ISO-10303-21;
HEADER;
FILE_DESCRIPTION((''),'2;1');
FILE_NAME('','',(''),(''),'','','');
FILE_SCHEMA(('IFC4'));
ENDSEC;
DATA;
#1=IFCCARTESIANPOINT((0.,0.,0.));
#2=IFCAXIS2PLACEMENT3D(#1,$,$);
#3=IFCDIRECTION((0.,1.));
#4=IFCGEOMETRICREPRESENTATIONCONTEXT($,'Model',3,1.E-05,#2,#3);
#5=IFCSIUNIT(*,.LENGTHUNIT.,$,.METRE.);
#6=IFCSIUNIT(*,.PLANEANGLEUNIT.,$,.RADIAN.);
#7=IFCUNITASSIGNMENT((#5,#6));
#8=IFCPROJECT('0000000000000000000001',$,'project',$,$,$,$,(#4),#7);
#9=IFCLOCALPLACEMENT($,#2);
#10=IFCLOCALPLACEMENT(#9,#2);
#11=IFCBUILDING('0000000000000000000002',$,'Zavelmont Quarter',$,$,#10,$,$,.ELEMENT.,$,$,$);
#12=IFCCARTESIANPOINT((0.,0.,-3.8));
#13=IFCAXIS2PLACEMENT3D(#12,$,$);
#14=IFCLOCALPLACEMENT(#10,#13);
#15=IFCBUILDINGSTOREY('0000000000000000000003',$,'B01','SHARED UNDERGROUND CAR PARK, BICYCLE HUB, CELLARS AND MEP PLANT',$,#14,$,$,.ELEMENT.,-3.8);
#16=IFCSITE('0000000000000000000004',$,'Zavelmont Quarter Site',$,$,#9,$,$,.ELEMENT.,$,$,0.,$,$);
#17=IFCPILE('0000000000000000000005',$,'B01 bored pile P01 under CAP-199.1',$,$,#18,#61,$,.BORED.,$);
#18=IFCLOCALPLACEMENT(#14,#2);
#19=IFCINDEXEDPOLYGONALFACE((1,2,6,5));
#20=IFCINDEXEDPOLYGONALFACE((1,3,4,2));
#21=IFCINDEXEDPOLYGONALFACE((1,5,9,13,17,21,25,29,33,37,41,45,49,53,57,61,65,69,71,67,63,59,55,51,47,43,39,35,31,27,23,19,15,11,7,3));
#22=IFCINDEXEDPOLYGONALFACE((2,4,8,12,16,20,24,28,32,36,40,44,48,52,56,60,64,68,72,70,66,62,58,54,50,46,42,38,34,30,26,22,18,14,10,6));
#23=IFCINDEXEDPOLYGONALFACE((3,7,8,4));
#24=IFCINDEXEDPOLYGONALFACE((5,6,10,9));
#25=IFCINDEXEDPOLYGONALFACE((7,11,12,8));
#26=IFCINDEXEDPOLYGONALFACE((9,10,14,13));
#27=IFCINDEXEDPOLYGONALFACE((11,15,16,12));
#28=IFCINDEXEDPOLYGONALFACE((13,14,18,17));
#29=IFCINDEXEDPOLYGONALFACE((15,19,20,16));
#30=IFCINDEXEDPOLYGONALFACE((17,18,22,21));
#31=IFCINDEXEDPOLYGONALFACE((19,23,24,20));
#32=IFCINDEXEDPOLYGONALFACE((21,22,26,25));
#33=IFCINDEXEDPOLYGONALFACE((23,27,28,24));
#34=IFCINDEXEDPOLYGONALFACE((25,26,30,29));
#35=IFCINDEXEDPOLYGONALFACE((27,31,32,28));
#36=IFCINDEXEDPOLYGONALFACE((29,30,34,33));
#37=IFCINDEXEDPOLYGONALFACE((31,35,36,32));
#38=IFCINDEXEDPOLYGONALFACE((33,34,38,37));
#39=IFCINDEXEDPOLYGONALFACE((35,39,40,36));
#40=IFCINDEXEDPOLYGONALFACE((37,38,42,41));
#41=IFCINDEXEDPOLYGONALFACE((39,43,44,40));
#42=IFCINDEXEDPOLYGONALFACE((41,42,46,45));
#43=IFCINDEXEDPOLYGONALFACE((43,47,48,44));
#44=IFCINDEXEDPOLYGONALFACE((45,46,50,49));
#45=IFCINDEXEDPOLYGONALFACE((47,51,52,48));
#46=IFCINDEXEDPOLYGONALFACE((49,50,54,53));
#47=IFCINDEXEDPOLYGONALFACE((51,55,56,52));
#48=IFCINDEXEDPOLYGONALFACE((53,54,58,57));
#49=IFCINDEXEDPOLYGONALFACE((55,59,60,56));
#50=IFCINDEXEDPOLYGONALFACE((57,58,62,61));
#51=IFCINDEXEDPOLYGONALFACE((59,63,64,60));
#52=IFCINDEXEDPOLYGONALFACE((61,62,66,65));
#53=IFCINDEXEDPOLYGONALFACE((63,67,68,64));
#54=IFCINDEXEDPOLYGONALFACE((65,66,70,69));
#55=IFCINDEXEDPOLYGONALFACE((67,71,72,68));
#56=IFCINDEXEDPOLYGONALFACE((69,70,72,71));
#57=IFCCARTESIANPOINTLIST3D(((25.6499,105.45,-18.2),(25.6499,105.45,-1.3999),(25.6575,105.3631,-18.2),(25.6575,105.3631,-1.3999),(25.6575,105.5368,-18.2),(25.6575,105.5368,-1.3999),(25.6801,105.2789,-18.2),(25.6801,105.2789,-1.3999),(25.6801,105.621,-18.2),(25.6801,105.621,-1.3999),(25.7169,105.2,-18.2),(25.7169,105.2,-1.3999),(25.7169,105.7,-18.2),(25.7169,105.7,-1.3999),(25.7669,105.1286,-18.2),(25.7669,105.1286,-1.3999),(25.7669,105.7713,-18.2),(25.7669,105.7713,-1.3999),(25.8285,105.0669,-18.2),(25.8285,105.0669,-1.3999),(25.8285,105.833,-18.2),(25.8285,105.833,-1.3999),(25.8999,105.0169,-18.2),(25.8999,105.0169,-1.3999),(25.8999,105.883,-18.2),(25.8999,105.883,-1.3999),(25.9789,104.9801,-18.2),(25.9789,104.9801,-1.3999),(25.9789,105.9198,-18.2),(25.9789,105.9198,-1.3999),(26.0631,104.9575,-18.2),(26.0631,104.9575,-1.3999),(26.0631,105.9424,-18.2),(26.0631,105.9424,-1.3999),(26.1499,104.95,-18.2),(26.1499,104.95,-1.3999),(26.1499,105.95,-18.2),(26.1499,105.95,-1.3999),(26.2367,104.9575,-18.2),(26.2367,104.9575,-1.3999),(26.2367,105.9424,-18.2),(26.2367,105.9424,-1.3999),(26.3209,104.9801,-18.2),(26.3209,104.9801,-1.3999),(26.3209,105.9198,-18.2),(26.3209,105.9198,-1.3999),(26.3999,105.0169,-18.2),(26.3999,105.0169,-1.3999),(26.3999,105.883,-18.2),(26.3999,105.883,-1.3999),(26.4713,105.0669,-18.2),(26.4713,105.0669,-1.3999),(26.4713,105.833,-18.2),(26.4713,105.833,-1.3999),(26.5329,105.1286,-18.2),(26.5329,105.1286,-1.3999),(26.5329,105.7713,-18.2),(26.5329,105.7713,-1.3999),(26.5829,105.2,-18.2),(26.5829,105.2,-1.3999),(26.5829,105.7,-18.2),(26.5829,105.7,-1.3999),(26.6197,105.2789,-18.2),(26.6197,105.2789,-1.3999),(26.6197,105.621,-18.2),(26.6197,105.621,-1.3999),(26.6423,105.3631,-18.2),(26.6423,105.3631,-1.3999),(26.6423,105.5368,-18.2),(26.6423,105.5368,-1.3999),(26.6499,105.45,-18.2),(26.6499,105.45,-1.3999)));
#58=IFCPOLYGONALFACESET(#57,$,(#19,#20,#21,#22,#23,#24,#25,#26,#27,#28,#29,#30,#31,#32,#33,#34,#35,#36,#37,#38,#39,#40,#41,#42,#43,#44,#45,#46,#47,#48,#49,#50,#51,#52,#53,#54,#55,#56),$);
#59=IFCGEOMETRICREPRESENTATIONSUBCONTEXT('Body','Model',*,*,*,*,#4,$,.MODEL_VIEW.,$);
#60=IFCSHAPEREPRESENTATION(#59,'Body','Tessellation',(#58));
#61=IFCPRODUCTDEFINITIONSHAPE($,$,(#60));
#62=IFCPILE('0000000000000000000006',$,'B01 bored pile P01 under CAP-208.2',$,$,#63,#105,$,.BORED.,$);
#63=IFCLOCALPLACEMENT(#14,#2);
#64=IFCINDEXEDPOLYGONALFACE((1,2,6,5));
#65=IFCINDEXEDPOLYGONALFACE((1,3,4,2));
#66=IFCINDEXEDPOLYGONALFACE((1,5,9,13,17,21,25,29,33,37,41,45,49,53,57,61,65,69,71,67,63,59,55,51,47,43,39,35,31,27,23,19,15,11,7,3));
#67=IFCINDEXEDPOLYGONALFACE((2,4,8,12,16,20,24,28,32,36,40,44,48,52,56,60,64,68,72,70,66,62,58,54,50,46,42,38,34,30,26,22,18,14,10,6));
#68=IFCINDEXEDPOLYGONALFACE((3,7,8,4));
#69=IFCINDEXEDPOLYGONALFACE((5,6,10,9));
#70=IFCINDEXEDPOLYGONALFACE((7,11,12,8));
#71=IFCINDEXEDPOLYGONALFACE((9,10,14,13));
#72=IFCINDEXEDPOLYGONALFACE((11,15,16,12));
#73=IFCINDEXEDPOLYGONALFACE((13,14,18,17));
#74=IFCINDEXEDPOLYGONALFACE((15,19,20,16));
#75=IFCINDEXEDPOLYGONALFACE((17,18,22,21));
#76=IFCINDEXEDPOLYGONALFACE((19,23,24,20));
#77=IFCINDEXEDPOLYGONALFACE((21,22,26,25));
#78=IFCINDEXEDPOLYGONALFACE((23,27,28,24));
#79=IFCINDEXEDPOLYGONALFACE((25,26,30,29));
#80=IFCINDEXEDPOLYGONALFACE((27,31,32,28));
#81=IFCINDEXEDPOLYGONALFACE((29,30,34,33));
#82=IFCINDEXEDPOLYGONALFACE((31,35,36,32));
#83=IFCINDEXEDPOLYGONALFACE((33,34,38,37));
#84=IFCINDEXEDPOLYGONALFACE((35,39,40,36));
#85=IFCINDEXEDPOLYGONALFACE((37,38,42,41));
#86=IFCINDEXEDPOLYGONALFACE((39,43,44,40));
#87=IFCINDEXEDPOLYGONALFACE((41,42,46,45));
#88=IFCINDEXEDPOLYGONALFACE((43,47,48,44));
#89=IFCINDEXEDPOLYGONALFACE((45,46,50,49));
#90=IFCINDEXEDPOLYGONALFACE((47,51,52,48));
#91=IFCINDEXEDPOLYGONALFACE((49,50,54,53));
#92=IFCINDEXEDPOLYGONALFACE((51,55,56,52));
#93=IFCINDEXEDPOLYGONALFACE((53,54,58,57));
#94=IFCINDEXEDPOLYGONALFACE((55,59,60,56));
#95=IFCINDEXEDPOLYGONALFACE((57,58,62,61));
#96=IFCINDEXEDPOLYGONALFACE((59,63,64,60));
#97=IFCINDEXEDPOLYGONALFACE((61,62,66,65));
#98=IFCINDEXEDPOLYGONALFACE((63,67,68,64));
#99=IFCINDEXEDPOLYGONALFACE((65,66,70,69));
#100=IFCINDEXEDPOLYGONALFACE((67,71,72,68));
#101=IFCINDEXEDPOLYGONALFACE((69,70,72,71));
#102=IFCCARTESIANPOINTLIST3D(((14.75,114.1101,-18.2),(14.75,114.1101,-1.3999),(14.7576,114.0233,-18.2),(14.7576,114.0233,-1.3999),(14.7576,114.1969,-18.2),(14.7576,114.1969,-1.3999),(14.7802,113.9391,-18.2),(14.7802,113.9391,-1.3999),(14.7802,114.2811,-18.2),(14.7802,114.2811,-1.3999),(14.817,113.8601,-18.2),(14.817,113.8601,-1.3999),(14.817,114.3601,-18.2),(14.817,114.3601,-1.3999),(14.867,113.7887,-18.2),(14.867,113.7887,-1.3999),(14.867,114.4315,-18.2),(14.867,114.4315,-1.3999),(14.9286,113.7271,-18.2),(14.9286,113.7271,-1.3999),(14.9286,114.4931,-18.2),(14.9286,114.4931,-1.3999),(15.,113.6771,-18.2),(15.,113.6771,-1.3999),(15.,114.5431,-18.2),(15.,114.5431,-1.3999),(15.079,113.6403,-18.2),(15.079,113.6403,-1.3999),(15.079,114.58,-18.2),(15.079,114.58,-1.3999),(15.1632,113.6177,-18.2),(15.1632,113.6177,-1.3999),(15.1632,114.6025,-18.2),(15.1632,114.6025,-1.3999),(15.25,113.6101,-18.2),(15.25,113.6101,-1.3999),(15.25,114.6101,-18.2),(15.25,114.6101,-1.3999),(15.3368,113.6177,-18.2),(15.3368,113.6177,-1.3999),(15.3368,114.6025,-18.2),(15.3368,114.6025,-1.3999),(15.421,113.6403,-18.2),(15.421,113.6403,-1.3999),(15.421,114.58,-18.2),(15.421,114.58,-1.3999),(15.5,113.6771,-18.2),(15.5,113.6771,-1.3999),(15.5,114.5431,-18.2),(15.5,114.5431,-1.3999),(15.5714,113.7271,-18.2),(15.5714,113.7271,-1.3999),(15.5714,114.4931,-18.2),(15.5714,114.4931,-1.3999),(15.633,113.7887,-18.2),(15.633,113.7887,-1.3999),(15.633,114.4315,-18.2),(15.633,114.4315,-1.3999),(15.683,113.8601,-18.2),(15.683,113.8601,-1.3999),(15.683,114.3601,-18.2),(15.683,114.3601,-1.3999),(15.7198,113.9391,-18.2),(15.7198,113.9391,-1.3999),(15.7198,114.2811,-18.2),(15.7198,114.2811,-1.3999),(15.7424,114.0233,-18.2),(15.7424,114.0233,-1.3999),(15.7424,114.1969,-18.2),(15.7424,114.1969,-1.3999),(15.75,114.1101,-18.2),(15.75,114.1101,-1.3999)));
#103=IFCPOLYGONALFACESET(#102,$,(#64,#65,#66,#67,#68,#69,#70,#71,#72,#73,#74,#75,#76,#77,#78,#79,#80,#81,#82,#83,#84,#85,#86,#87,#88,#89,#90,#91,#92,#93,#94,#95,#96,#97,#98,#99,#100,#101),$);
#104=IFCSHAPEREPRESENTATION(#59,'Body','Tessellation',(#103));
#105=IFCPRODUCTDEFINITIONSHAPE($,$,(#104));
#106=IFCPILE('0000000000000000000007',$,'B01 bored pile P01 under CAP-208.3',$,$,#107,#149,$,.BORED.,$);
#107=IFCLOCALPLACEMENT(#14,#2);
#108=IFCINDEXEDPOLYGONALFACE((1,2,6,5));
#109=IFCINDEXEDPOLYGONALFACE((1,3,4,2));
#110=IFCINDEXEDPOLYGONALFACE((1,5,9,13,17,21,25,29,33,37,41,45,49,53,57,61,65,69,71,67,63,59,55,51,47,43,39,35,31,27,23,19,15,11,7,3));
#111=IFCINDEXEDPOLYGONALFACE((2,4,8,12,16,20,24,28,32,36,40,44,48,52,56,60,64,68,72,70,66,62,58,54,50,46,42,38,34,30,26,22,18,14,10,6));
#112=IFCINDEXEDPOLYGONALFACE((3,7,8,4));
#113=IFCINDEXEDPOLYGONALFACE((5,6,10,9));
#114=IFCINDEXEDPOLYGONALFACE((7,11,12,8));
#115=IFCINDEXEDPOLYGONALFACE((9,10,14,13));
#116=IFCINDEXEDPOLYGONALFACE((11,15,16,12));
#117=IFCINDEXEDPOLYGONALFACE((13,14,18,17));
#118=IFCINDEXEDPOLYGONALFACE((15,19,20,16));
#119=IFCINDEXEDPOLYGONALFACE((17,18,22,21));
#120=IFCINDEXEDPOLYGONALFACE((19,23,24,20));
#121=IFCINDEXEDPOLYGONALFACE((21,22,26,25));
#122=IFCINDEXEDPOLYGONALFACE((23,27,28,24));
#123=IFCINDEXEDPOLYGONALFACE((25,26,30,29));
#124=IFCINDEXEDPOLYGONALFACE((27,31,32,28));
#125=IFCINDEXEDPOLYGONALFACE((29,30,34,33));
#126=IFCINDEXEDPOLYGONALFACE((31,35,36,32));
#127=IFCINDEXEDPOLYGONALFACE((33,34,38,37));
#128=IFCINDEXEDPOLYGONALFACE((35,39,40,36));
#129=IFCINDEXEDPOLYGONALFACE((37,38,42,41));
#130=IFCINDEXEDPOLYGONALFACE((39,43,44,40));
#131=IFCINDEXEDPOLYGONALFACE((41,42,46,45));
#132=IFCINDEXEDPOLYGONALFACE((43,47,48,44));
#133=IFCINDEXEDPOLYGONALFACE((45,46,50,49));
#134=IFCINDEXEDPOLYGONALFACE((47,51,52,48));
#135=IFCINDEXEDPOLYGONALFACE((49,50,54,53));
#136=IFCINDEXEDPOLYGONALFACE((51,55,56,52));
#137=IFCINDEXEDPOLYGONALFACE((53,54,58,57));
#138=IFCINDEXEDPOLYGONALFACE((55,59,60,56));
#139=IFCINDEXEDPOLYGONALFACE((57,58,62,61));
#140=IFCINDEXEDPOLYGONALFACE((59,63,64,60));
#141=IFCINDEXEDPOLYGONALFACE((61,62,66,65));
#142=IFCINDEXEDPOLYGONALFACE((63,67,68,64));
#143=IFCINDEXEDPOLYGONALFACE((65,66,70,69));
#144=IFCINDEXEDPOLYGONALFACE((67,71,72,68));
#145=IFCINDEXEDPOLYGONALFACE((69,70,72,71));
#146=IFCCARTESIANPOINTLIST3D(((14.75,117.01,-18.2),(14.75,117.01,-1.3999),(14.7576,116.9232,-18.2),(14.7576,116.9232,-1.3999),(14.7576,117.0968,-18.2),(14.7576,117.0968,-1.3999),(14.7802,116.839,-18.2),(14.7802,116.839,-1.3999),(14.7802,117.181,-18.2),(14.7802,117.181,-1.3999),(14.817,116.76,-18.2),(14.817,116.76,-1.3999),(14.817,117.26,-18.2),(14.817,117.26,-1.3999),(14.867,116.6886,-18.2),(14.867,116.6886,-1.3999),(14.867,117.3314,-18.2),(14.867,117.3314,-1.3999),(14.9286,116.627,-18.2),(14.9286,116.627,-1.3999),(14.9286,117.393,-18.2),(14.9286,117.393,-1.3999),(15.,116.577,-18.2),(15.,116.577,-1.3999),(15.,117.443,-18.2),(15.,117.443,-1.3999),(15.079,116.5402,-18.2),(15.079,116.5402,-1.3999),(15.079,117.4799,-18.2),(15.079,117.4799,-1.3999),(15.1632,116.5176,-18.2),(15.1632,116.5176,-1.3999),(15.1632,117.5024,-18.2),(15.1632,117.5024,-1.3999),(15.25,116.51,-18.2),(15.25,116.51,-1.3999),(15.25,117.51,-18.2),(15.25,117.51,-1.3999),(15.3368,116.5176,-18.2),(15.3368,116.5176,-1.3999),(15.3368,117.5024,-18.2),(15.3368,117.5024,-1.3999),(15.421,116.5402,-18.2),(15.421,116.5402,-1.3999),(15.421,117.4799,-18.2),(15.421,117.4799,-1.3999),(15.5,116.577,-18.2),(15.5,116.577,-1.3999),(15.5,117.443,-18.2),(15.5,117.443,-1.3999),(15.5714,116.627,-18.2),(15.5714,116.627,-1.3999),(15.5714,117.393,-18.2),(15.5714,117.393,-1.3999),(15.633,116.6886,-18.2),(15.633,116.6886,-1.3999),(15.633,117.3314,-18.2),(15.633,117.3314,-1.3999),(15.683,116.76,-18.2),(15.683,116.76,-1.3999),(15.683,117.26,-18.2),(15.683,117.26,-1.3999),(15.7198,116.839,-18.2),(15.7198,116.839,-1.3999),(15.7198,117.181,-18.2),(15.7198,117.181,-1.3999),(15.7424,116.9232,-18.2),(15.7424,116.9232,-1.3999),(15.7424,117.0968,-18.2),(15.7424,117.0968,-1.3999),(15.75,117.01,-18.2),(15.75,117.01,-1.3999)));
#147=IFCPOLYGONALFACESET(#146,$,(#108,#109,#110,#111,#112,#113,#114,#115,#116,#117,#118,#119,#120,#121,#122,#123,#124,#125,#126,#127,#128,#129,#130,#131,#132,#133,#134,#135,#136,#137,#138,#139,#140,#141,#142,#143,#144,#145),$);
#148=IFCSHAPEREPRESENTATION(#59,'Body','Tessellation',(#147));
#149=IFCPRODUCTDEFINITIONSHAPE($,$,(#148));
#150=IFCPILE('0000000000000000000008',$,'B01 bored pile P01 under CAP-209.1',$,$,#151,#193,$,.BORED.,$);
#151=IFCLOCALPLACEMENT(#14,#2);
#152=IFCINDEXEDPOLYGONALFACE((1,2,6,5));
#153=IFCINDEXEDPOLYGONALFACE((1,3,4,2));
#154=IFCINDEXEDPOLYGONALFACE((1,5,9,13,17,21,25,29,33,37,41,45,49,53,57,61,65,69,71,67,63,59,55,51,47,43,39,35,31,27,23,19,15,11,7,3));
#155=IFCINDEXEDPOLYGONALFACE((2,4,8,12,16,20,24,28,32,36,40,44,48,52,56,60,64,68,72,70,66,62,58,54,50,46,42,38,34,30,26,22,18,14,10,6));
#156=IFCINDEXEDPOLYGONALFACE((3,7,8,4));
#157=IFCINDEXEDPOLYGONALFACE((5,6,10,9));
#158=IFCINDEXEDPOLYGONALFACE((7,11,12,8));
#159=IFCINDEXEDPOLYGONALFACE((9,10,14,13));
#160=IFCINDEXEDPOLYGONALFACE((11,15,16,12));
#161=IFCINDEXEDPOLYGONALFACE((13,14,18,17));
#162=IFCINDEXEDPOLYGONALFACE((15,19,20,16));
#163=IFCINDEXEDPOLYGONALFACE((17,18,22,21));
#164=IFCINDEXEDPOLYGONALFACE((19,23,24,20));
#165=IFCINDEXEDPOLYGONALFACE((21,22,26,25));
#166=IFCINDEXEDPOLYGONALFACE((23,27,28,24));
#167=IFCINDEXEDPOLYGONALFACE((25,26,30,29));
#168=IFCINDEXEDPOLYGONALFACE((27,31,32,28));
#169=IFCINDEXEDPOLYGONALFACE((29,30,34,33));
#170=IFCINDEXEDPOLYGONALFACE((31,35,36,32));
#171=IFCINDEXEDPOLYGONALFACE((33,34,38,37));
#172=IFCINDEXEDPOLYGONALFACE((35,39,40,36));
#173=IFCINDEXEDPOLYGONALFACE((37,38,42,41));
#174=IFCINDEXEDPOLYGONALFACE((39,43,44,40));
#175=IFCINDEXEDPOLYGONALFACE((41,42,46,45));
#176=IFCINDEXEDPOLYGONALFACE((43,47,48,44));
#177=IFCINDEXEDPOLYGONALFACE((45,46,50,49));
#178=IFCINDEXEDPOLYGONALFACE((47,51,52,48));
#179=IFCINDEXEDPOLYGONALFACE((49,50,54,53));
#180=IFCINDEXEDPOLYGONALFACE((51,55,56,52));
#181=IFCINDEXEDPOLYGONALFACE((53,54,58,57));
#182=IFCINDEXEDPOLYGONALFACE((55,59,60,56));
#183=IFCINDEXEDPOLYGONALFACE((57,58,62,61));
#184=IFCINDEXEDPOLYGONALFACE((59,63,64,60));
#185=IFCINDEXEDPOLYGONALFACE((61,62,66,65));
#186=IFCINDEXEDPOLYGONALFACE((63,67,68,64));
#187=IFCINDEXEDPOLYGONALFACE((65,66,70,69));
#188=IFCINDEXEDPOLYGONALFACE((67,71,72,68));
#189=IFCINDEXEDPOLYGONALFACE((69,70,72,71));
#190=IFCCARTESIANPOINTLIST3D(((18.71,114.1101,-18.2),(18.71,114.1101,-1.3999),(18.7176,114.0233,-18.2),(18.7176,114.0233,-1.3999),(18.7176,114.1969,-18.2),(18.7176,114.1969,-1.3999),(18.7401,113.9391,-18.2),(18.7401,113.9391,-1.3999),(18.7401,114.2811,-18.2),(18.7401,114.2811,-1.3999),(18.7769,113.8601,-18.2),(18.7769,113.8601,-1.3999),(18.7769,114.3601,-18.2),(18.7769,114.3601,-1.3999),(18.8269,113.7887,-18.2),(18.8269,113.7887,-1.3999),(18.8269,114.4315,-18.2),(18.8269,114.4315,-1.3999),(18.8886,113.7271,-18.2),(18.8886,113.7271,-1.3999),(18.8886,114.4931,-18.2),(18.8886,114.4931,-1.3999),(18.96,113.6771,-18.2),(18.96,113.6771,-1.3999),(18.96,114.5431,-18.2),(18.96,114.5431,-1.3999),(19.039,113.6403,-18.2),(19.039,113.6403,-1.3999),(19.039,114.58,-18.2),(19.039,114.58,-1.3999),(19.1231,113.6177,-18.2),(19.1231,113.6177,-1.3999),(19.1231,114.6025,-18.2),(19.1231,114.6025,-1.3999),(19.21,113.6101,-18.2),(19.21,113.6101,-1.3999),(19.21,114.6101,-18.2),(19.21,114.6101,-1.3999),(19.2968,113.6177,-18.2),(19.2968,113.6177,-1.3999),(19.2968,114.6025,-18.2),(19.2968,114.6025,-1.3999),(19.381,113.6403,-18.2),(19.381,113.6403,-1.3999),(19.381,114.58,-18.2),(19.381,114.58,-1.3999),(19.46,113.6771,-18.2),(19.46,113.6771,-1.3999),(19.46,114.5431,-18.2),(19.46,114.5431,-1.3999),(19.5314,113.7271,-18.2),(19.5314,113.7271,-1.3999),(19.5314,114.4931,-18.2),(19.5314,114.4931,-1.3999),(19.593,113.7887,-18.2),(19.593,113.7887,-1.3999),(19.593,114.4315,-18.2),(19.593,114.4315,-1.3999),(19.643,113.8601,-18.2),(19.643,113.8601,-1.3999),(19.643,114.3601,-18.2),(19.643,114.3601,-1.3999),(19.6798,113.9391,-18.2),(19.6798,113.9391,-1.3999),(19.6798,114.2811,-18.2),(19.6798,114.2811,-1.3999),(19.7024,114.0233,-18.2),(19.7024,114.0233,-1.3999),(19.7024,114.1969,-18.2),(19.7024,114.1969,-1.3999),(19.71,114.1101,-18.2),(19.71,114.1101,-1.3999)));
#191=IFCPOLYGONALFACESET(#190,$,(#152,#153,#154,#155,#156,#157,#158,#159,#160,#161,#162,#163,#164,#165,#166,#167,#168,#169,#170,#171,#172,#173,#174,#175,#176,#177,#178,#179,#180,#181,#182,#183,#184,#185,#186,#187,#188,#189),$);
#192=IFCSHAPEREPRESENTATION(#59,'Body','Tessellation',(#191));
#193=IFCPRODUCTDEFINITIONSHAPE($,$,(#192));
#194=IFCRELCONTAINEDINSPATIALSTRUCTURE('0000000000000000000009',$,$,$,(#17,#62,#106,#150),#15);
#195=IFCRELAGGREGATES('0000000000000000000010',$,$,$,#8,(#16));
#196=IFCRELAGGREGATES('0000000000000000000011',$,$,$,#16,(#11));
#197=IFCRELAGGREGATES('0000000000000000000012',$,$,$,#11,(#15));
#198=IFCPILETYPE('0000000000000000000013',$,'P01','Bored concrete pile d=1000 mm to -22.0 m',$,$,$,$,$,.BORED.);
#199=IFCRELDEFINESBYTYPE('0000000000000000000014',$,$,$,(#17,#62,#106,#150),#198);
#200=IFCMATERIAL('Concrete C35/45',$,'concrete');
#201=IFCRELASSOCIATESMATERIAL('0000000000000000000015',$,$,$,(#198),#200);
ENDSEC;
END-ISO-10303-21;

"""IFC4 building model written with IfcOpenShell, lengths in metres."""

from ifc_helpers import new_model, si_unit, direction, frame, origin, origin_2d, place, context, subcontext, project, spatial, circle, extrude, material, material_profile, profile_set, type_object, element, save


model = new_model("IFC4")

# Units and contexts
model_context = context("Model", 3, precision=1e-05, world=origin(), true_north=direction((0.0, 1.0)))
body_context = subcontext(model_context, "Body", "Model", "MODEL_VIEW")
ifc_project = project(units=[si_unit("LENGTHUNIT", "METRE"), si_unit("PLANEANGLEUNIT", "RADIAN")], contexts=[model_context])

# Site, building, storey
site_placement = place(None, origin())
site = spatial("IfcSite", under=ifc_project, at=site_placement, Name="Zavelmont Quarter Site", CompositionType="ELEMENT", RefElevation=0.0)
building_placement = place(site_placement, origin())
building = spatial("IfcBuilding", under=site, at=building_placement, Name="Zavelmont Quarter", CompositionType="ELEMENT")
storey_placement = place(building_placement, frame((0.0, 0.0, -3.8)))
storey = spatial("IfcBuildingStorey", under=building, at=storey_placement, Name="B01", Description="SHARED UNDERGROUND CAR PARK, BICYCLE HUB, CELLARS AND MEP PLANT", CompositionType="ELEMENT", Elevation=-3.8)

# Shared definitions
ifc_material_1 = material(Name="Concrete C35/45", Category="concrete")

# Piles
ifc_material_profile_1 = material_profile(ifc_material_1, circle(Radius=0.5, at=origin_2d()), Name="BP1000")
ifc_profile_set_1 = profile_set([ifc_material_profile_1], Name="Concrete C35/45")
pile_type = type_object("IfcPileType", Name="P01", Description="Bored concrete pile d=1000 mm to -22.0 m", PredefinedType="BORED", material=ifc_profile_set_1)
for number, where, z_axis, x_axis, name in (
    (1, (26.1499, 105.45, -1.3999), (0.0, 0.0, -1.0), (1.0, 0.0, 0.0), "B01 bored pile P01 under CAP-199.1"),
    (2, (15.25, 114.1101, -1.3999), (0.0, 0.0, -1.0), (1.0, 0.0, 0.0), "B01 bored pile P01 under CAP-208.2"),
    (3, (15.25, 117.01, -1.3999), (0.0, 0.0, -1.0), (1.0, 0.0, 0.0), "B01 bored pile P01 under CAP-208.3"),
    (4, (19.21, 114.1101, -1.3999), (0.0, 0.0, -1.0), (1.0, 0.0, 0.0), "B01 bored pile P01 under CAP-209.1"),
):
    element("IfcPile", number, at=place(storey_placement, frame(where, z_axis=z_axis, x_axis=x_axis)), inside=storey, type_object=pile_type, Name=name, PredefinedType="BORED", context=body_context, shape_type="SweptSolid", body=[
        extrude(circle(Radius=0.5, at=origin_2d()), origin(), (0.0, 0.0, 1.0), 16.8),
    ])

save(model, "model.ifc")
